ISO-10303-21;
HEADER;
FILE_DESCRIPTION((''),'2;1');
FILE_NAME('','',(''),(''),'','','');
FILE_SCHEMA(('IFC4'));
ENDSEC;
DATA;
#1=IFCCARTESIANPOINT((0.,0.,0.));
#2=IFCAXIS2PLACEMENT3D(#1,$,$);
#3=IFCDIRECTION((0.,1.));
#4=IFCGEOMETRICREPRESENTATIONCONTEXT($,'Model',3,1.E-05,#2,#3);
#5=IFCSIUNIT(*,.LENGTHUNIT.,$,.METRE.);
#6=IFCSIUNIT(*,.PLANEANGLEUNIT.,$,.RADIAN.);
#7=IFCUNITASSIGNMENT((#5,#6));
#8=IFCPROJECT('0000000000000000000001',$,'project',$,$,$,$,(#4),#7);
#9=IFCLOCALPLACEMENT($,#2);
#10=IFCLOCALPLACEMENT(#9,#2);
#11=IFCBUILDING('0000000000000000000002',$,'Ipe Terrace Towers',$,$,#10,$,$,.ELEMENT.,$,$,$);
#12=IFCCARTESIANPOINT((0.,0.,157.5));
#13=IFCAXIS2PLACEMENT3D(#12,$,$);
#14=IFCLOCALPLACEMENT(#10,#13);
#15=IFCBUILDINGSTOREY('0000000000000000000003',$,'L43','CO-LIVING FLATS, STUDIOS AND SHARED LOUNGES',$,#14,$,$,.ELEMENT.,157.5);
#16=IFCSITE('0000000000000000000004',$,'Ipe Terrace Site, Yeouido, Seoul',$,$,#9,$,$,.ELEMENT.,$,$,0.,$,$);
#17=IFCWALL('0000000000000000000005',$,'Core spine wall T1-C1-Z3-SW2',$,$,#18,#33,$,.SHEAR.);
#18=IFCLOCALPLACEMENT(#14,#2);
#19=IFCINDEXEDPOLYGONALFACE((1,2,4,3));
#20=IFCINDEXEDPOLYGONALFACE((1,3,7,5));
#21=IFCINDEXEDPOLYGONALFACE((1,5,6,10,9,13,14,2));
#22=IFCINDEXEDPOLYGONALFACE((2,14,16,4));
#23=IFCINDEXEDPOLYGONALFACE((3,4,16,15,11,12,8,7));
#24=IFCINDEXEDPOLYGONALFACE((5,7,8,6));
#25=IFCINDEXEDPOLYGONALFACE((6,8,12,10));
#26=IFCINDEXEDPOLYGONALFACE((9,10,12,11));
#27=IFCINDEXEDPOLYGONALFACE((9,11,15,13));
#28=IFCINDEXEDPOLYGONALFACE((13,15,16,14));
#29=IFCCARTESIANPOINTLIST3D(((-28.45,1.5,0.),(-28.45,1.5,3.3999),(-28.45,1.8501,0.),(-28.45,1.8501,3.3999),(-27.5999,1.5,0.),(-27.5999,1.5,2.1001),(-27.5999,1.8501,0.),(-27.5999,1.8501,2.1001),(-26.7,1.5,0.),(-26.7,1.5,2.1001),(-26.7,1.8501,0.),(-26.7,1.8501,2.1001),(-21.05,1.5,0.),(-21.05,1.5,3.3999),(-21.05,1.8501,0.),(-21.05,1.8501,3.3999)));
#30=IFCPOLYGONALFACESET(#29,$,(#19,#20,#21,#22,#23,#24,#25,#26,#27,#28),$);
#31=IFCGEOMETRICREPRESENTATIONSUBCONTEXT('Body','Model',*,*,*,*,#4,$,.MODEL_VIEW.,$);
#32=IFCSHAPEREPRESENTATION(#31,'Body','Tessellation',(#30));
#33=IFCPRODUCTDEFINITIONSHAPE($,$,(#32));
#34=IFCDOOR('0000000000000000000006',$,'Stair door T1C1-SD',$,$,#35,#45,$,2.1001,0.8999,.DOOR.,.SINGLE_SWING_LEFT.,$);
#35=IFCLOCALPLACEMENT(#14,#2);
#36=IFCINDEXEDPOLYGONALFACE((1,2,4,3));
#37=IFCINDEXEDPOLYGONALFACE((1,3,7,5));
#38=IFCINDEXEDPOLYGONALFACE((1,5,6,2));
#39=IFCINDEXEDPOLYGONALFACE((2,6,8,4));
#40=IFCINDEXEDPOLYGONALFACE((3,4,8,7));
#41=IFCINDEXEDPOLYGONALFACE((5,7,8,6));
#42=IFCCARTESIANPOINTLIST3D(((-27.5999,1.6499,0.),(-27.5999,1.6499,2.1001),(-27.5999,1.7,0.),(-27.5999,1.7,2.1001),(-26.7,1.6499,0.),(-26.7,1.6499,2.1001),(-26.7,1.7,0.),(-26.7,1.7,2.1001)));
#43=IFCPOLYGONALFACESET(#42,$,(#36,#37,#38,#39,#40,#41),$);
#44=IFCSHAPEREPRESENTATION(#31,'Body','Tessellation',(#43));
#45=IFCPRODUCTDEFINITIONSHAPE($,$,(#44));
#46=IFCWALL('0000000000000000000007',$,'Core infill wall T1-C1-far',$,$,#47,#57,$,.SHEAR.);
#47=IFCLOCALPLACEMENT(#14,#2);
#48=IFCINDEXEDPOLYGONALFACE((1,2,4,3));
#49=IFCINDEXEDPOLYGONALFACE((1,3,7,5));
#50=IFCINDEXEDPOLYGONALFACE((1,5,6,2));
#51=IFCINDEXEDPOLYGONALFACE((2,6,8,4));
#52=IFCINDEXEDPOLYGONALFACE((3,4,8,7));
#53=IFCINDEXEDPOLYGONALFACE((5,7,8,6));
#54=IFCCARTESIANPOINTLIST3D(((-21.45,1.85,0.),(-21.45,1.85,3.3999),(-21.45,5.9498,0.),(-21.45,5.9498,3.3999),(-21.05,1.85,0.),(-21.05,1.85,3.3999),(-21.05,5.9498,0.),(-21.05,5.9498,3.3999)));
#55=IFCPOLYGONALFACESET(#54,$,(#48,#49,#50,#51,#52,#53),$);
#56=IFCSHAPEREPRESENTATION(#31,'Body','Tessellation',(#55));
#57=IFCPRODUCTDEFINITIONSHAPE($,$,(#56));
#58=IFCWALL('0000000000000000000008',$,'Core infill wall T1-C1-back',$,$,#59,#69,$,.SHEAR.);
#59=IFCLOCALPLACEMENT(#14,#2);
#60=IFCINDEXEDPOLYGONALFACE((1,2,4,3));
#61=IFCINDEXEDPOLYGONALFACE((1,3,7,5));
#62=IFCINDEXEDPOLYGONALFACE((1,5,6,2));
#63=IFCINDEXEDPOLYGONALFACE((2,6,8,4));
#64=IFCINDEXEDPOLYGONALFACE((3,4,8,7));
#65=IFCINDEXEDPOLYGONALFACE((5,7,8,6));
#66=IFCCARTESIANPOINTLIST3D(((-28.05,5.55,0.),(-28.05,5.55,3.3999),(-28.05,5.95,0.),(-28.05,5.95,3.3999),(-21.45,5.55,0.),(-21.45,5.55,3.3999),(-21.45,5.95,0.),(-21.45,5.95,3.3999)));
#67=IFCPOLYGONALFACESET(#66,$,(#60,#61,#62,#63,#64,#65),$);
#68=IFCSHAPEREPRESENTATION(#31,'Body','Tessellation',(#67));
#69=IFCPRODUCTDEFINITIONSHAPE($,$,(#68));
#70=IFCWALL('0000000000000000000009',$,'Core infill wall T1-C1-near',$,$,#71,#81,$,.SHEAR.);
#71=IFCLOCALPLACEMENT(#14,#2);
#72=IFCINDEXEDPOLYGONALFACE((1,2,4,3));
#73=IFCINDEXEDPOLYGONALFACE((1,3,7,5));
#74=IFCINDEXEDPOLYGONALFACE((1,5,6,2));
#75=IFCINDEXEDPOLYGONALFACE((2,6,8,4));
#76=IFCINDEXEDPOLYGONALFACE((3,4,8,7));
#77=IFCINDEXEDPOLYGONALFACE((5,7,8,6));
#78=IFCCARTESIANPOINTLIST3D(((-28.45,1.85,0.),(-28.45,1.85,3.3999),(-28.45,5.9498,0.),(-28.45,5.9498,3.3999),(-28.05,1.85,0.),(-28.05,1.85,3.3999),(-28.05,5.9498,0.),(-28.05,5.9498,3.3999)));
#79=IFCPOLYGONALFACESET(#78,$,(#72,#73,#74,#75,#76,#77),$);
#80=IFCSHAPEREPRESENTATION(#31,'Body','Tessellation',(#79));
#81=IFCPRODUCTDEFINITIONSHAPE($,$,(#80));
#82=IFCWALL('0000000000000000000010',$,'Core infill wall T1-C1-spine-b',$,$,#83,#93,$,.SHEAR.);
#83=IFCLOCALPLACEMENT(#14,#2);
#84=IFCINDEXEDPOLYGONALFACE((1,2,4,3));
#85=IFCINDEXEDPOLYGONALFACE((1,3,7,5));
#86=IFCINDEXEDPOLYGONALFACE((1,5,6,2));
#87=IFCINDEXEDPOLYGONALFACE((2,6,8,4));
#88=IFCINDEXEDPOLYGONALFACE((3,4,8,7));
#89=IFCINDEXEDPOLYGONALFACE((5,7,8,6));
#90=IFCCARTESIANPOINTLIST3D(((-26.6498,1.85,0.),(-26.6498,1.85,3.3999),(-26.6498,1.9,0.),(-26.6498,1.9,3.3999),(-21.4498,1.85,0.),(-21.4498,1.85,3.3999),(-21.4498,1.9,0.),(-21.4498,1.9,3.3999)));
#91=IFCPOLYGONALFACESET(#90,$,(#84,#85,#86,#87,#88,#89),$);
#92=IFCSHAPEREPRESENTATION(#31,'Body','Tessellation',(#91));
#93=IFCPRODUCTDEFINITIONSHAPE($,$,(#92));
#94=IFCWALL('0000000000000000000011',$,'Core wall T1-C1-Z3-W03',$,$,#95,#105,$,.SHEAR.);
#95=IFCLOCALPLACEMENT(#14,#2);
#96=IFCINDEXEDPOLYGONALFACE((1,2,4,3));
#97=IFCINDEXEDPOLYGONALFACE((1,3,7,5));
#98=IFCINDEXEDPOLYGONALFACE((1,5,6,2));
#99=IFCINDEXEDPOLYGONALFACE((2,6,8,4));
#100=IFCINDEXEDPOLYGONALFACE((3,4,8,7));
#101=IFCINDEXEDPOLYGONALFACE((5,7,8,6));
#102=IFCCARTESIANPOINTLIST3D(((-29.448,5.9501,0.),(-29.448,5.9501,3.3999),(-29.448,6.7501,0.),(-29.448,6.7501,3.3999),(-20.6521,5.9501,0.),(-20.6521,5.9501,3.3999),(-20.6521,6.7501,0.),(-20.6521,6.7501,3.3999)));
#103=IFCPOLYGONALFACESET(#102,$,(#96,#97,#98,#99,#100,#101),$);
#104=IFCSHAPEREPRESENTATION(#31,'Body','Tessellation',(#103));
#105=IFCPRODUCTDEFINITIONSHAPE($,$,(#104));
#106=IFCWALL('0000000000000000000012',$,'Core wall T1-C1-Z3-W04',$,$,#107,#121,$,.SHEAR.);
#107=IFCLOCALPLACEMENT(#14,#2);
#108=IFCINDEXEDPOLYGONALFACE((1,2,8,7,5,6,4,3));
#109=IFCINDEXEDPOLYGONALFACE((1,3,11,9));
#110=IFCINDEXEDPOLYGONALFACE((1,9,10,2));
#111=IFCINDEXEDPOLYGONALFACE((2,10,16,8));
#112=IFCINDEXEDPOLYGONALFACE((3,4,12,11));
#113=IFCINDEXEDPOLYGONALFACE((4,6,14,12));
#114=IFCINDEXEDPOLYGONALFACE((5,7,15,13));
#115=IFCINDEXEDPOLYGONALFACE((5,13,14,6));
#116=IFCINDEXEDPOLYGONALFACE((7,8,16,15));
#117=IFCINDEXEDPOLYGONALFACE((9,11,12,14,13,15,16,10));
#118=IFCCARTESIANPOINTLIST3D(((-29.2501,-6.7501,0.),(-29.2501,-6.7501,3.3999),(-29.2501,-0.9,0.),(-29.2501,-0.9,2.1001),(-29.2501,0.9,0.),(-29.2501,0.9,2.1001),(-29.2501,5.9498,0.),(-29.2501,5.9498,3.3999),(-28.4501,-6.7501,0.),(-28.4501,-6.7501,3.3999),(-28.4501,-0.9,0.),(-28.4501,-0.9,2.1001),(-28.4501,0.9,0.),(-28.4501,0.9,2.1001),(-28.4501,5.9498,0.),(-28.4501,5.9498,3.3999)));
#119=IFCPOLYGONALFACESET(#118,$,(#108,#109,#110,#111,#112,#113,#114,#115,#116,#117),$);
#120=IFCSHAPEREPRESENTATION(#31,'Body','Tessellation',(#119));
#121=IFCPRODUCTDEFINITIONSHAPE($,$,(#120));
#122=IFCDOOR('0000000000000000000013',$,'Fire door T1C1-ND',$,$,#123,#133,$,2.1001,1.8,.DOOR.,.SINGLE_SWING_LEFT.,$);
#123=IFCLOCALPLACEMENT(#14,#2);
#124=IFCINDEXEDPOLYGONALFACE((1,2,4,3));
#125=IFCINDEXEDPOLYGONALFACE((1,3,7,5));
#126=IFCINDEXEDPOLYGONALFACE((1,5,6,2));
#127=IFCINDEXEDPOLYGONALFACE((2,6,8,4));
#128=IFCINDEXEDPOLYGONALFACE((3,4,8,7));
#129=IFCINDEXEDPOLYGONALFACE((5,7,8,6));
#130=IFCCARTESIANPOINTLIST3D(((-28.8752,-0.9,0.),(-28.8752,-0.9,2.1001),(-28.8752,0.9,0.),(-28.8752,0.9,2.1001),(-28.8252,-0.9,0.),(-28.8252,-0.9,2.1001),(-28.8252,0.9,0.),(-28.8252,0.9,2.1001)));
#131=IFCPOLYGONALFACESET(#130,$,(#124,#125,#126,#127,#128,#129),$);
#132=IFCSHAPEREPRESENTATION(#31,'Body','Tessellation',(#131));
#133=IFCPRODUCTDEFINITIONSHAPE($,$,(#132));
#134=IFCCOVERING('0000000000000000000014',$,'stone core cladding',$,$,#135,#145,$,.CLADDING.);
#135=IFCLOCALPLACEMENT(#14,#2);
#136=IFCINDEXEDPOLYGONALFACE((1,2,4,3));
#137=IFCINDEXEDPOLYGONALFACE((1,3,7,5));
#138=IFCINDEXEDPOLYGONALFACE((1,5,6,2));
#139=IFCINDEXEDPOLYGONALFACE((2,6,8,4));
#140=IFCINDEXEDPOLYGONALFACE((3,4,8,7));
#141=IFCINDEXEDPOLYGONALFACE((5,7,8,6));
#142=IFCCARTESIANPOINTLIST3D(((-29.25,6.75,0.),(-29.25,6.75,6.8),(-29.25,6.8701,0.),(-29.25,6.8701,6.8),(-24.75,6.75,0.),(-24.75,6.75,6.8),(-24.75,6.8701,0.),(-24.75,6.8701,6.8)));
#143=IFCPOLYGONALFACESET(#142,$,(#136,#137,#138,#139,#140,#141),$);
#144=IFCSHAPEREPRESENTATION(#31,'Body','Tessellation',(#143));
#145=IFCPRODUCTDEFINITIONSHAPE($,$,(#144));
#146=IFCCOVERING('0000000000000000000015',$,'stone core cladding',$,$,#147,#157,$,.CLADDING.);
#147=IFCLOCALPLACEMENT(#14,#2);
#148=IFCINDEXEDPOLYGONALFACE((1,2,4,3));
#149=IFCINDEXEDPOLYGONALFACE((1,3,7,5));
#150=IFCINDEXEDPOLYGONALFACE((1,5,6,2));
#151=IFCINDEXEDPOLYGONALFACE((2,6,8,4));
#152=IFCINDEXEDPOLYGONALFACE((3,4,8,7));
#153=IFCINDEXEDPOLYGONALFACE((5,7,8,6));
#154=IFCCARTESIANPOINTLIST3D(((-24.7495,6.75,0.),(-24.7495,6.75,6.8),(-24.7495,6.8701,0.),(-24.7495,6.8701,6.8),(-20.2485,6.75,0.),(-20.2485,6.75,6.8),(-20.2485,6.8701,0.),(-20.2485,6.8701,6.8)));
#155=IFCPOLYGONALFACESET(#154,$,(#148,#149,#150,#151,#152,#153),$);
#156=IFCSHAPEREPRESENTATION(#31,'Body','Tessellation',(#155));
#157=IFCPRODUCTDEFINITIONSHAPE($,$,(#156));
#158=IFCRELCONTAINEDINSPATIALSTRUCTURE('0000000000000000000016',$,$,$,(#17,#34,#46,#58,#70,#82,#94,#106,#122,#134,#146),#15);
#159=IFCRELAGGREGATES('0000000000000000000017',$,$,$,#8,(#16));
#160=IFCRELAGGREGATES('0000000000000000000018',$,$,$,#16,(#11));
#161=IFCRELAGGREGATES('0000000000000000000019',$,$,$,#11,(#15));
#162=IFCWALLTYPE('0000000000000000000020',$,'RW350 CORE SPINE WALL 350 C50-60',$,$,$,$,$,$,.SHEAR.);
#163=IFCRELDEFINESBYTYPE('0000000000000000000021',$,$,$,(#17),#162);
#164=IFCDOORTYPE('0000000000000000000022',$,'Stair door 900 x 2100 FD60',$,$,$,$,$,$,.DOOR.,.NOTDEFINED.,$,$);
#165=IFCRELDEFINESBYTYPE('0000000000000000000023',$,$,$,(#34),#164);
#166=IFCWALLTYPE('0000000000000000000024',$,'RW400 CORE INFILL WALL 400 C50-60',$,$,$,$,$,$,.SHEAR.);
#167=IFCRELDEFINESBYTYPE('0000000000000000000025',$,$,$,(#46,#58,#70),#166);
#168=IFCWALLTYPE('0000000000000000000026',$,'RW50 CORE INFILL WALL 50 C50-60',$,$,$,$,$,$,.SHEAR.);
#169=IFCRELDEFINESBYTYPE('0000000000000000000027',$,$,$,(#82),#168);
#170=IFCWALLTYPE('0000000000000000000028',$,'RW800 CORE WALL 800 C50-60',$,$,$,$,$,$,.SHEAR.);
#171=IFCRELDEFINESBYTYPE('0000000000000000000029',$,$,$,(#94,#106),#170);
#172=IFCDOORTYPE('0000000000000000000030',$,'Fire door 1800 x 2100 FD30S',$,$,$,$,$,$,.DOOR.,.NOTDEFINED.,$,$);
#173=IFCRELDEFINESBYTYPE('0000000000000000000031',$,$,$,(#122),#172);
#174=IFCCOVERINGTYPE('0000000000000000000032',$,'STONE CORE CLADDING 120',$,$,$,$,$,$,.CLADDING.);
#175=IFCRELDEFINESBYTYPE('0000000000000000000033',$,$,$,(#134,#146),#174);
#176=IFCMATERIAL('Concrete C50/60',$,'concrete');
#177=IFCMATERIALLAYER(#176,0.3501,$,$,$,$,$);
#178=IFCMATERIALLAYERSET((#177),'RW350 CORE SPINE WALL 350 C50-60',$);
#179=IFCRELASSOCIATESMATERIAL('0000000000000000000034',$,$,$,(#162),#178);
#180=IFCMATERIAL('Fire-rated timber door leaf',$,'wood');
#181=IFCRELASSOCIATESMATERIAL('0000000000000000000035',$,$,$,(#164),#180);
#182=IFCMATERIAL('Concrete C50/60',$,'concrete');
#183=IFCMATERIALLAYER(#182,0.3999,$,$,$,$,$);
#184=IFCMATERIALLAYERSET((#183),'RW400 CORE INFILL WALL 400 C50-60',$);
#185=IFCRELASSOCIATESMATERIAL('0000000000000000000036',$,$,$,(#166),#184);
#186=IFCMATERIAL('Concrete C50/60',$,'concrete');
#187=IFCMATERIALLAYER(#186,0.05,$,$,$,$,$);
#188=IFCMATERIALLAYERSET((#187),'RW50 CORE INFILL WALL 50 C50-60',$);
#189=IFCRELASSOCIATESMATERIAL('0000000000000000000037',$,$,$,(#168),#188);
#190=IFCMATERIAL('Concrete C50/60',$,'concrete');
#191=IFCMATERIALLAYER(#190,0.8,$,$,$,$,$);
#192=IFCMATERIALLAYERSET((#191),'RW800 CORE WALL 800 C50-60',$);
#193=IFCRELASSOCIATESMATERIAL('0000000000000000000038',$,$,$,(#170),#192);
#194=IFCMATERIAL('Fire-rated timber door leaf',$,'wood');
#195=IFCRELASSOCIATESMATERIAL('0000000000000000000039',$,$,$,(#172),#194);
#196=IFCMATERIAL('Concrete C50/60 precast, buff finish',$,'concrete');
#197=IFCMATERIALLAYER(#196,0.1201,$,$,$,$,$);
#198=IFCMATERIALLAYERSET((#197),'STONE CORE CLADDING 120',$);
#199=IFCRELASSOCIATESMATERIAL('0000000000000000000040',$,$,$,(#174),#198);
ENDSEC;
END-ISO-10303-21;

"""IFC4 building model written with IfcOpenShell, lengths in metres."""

from ifc_helpers import new_model, si_unit, direction, frame, frame_2d, origin, origin_2d, place, context, subcontext, project, spatial, rectangle, extrude, material, layer, layer_set, type_object, element, fill, save


model = new_model("IFC4")

# Units and contexts
model_context = context("Model", 3, precision=1e-05, world=origin(), true_north=direction((0.0, 1.0)))
body_context = subcontext(model_context, "Body", "Model", "MODEL_VIEW")
ifc_project = project(units=[si_unit("LENGTHUNIT", "METRE"), si_unit("PLANEANGLEUNIT", "RADIAN")], contexts=[model_context])

# Site, building, storey
site_placement = place(None, origin())
site = spatial("IfcSite", under=ifc_project, at=site_placement, Name="Ipe Terrace Site, Yeouido, Seoul", CompositionType="ELEMENT", RefElevation=0.0)
building_placement = place(site_placement, origin())
building = spatial("IfcBuilding", under=site, at=building_placement, Name="Ipe Terrace Towers", CompositionType="ELEMENT")
storey_placement = place(building_placement, frame((0.0, 0.0, 157.5)))
storey = spatial("IfcBuildingStorey", under=building, at=storey_placement, Name="L43", Description="CO-LIVING FLATS, STUDIOS AND SHARED LOUNGES", CompositionType="ELEMENT", Elevation=157.5)

# Wall, opening, door
ifc_material_1 = material(Name="Concrete C50/60", Category="concrete")
ifc_layer_1 = layer(ifc_material_1, 0.3501)
ifc_layer_set_1 = layer_set([ifc_layer_1], Name="RW350 CORE SPINE WALL 350 C50-60")
wall_type_1 = type_object("IfcWallType", Name="RW350 CORE SPINE WALL 350 C50-60", PredefinedType="SHEAR", material=ifc_layer_set_1)
wall_1_placement = place(storey_placement, frame((-28.45, 1.675, 0.0), z_axis=(0.0, 0.0, 1.0), x_axis=(1.0, 0.0, 0.0)))
wall_1 = element("IfcWall", 1, at=wall_1_placement, inside=storey, type_object=wall_type_1, Name="Core spine wall T1-C1-Z3-SW2", PredefinedType="SHEAR", context=body_context, shape_type="SweptSolid", body=[
    extrude(rectangle(XDim=7.3999, YDim=0.3501, at=frame_2d((3.7, 0.0))), origin(), (0.0, 0.0, 1.0), 3.3999),
])
opening_1_placement = place(wall_1_placement, frame((0.8501, 0.0, 0.0)))
opening_1 = element("IfcOpeningElement", 2, at=opening_1_placement, cuts=wall_1, PredefinedType="OPENING", context=body_context, shape_type="SweptSolid", body=[
    extrude(rectangle(XDim=0.8999, YDim=2.1001, at=frame_2d((0.45, 1.05))), frame((0.0, 0.1851, 0.0), z_axis=(0.0, -1.0, 0.0), x_axis=(1.0, 0.0, 0.0)), (0.0, 0.0, 1.0), 0.3701),
])
ifc_material_2 = material(Name="Fire-rated timber door leaf", Category="wood")
door_type_1 = type_object("IfcDoorType", Name="Stair door 900 x 2100 FD60", OperationType="NOTDEFINED", PredefinedType="DOOR", material=ifc_material_2)
door_1_placement = place(opening_1_placement, origin())
door_1 = element("IfcDoor", 3, at=door_1_placement, inside=storey, type_object=door_type_1, Name="Stair door T1C1-SD", OperationType="SINGLE_SWING_LEFT", OverallHeight=2.1001, OverallWidth=0.8999, PredefinedType="DOOR", context=body_context, shape_type="SweptSolid", body=[
    extrude(rectangle(XDim=0.8999, YDim=2.1001, at=frame_2d((0.45, 1.05))), frame((0.0, 0.0249, 0.0), z_axis=(0.0, -1.0, 0.0), x_axis=(1.0, 0.0, 0.0)), (0.0, 0.0, 1.0), 0.05),
])
fill(opening_1, door_1)

# Walls
ifc_material_3 = material(Name="Concrete C50/60", Category="concrete")
ifc_layer_2 = layer(ifc_material_3, 0.3999)
ifc_layer_set_2 = layer_set([ifc_layer_2], Name="RW400 CORE INFILL WALL 400 C50-60")
wall_type_2 = type_object("IfcWallType", Name="RW400 CORE INFILL WALL 400 C50-60", PredefinedType="SHEAR", material=ifc_layer_set_2)
wall_2_placement = place(storey_placement, frame((-21.25, 1.8501, 0.0), z_axis=(0.0, 0.0, 1.0), x_axis=(0.0, 1.0, 0.0)))
element("IfcWall", 4, at=wall_2_placement, inside=storey, type_object=wall_type_2, Name="Core infill wall T1-C1-far", PredefinedType="SHEAR", context=body_context, shape_type="SweptSolid", body=[
    extrude(rectangle(XDim=4.0999, YDim=0.3999, at=frame_2d((2.0498, 0.0))), origin(), (0.0, 0.0, 1.0), 3.3999),
])
wall_3_placement = place(storey_placement, frame((-28.05, 5.75, 0.0), z_axis=(0.0, 0.0, 1.0), x_axis=(1.0, 0.0, 0.0)))
element("IfcWall", 5, at=wall_3_placement, inside=storey, type_object=wall_type_2, Name="Core infill wall T1-C1-back", PredefinedType="SHEAR", context=body_context, shape_type="SweptSolid", body=[
    extrude(rectangle(XDim=6.6001, YDim=0.3999, at=frame_2d((3.3, 0.0))), origin(), (0.0, 0.0, 1.0), 3.3999),
])
wall_4_placement = place(storey_placement, frame((-28.25, 1.8501, 0.0), z_axis=(0.0, 0.0, 1.0), x_axis=(0.0, 1.0, 0.0)))
element("IfcWall", 6, at=wall_4_placement, inside=storey, type_object=wall_type_2, Name="Core infill wall T1-C1-near", PredefinedType="SHEAR", context=body_context, shape_type="SweptSolid", body=[
    extrude(rectangle(XDim=4.0999, YDim=0.3999, at=frame_2d((2.0498, 0.0))), origin(), (0.0, 0.0, 1.0), 3.3999),
])
ifc_material_4 = material(Name="Concrete C50/60", Category="concrete")
ifc_layer_3 = layer(ifc_material_4, 0.05)
ifc_layer_set_3 = layer_set([ifc_layer_3], Name="RW50 CORE INFILL WALL 50 C50-60")
wall_type_3 = type_object("IfcWallType", Name="RW50 CORE INFILL WALL 50 C50-60", PredefinedType="SHEAR", material=ifc_layer_set_3)
wall_5_placement = place(storey_placement, frame((-26.6499, 1.875, 0.0), z_axis=(0.0, 0.0, 1.0), x_axis=(1.0, 0.0, 0.0)))
element("IfcWall", 7, at=wall_5_placement, inside=storey, type_object=wall_type_3, Name="Core infill wall T1-C1-spine-b", PredefinedType="SHEAR", context=body_context, shape_type="SweptSolid", body=[
    extrude(rectangle(XDim=5.2, YDim=0.05, at=frame_2d((2.6001, 0.0))), origin(), (0.0, 0.0, 1.0), 3.3999),
])
ifc_material_5 = material(Name="Concrete C50/60", Category="concrete")
ifc_layer_4 = layer(ifc_material_5, 0.8)
ifc_layer_set_4 = layer_set([ifc_layer_4], Name="RW800 CORE WALL 800 C50-60")
wall_type_4 = type_object("IfcWallType", Name="RW800 CORE WALL 800 C50-60", PredefinedType="SHEAR", material=ifc_layer_set_4)
wall_6_placement = place(storey_placement, frame((-20.6521, 6.3501, 0.0), z_axis=(0.0, 0.0, 1.0), x_axis=(-1.0, 0.0, 0.0)))
element("IfcWall", 8, at=wall_6_placement, inside=storey, type_object=wall_type_4, Name="Core wall T1-C1-Z3-W03", PredefinedType="SHEAR", context=body_context, shape_type="SweptSolid", body=[
    extrude(rectangle(XDim=8.7959, YDim=0.8, at=frame_2d((4.3979, 0.0))), origin(), (0.0, 0.0, 1.0), 3.3999),
])

# Wall, opening, door
wall_7_placement = place(storey_placement, frame((-28.8501, 5.95, 0.0), z_axis=(0.0, 0.0, 1.0), x_axis=(0.0, -1.0, 0.0)))
wall_7 = element("IfcWall", 9, at=wall_7_placement, inside=storey, type_object=wall_type_4, Name="Core wall T1-C1-Z3-W04", PredefinedType="SHEAR", context=body_context, shape_type="SweptSolid", body=[
    extrude(rectangle(XDim=12.7, YDim=0.8, at=frame_2d((6.3501, 0.0))), origin(), (0.0, 0.0, 1.0), 3.3999),
])
opening_2_placement = place(wall_7_placement, frame((5.05, 0.0, 0.0)))
opening_2 = element("IfcOpeningElement", 10, at=opening_2_placement, cuts=wall_7, PredefinedType="OPENING", context=body_context, shape_type="SweptSolid", body=[
    extrude(rectangle(XDim=1.8, YDim=2.1001, at=frame_2d((0.8999, 1.05))), frame((0.0, 0.4102, 0.0), z_axis=(0.0, -1.0, 0.0), x_axis=(1.0, 0.0, 0.0)), (0.0, 0.0, 1.0), 0.8201),
])
ifc_material_6 = material(Name="Fire-rated timber door leaf", Category="wood")
door_type_2 = type_object("IfcDoorType", Name="Fire door 1800 x 2100 FD30S", OperationType="NOTDEFINED", PredefinedType="DOOR", material=ifc_material_6)
door_2_placement = place(opening_2_placement, origin())
door_2 = element("IfcDoor", 11, at=door_2_placement, inside=storey, type_object=door_type_2, Name="Fire door T1C1-ND", OperationType="SINGLE_SWING_LEFT", OverallHeight=2.1001, OverallWidth=1.8, PredefinedType="DOOR", context=body_context, shape_type="SweptSolid", body=[
    extrude(rectangle(XDim=1.8, YDim=2.1001, at=frame_2d((0.8999, 1.05))), frame((0.0, 0.0249, 0.0), z_axis=(0.0, -1.0, 0.0), x_axis=(1.0, 0.0, 0.0)), (0.0, 0.0, 1.0), 0.05),
])
fill(opening_2, door_2)

# Coverings
ifc_material_7 = material(Name="Concrete C50/60 precast, buff finish", Category="concrete")
ifc_layer_5 = layer(ifc_material_7, 0.1201)
ifc_layer_set_5 = layer_set([ifc_layer_5], Name="STONE CORE CLADDING 120")
covering_type = type_object("IfcCoveringType", Name="STONE CORE CLADDING 120", PredefinedType="CLADDING", material=ifc_layer_set_5)
covering_1_placement = place(storey_placement, frame((-27.0, 6.8101, 0.0), z_axis=(0.0, 0.0, 1.0), x_axis=(-1.0, 0.0, 0.0)))
element("IfcCovering", 12, at=covering_1_placement, inside=storey, type_object=covering_type, Name="stone core cladding", PredefinedType="CLADDING", context=body_context, shape_type="SweptSolid", body=[
    extrude(rectangle(XDim=4.5, YDim=0.1201, at=origin_2d()), origin(), (0.0, 0.0, 1.0), 6.8),
])
covering_2_placement = place(storey_placement, frame((-22.499, 6.8101, 0.0), z_axis=(0.0, 0.0, 1.0), x_axis=(-1.0, 0.0, 0.0)))
element("IfcCovering", 13, at=covering_2_placement, inside=storey, type_object=covering_type, Name="stone core cladding", PredefinedType="CLADDING", context=body_context, shape_type="SweptSolid", body=[
    extrude(rectangle(XDim=4.501, YDim=0.1201, at=origin_2d()), origin(), (0.0, 0.0, 1.0), 6.8),
])

save(model, "model.ifc")
